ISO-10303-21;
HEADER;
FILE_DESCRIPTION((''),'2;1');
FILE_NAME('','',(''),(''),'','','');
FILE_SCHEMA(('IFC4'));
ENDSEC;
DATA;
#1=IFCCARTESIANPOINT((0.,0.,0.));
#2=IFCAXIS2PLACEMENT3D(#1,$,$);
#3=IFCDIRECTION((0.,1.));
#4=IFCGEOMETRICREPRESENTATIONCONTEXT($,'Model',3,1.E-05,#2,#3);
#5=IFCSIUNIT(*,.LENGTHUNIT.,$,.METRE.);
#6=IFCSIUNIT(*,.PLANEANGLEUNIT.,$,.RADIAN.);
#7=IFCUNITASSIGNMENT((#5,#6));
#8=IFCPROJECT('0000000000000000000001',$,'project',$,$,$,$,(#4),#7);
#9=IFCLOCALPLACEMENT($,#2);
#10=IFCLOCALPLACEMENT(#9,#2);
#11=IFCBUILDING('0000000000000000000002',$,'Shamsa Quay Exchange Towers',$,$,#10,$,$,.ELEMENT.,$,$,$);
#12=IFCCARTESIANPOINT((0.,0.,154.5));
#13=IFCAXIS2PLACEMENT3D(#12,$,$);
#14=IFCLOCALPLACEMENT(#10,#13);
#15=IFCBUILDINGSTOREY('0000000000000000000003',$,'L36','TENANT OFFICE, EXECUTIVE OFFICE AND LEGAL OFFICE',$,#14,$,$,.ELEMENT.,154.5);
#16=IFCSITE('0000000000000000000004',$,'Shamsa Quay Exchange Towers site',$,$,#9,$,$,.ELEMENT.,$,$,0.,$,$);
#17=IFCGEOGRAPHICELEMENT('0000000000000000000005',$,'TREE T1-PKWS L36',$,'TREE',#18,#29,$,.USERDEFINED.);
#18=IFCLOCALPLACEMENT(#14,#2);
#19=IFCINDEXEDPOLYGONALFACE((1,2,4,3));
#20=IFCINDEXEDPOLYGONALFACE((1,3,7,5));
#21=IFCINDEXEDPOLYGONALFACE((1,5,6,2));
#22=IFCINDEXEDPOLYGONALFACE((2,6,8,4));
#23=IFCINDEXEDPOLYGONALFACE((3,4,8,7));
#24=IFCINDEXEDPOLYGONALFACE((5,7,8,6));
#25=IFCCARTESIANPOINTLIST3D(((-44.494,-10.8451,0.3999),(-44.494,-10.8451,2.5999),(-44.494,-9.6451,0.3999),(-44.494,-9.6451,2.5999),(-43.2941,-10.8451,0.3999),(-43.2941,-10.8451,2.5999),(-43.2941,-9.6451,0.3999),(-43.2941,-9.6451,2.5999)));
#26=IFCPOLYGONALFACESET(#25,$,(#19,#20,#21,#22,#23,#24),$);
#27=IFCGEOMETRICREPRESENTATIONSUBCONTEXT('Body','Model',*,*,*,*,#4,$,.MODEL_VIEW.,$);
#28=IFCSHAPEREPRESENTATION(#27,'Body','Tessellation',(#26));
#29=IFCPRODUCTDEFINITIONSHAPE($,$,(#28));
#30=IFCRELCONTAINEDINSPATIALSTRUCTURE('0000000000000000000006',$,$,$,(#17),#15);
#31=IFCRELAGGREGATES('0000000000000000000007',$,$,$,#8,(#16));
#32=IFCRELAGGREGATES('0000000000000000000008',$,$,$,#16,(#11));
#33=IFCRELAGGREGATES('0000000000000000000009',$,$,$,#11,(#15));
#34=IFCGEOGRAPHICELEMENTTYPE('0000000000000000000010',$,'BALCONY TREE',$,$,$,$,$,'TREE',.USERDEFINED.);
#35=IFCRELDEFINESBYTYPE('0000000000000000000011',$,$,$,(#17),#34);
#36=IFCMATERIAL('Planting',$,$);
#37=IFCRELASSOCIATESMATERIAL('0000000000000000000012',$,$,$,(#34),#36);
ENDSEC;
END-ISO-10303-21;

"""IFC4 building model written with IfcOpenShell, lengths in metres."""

from ifc_helpers import new_model, si_unit, direction, frame, origin, origin_2d, place, context, subcontext, project, spatial, rectangle, extrude, material, type_object, element, save


model = new_model("IFC4")

# Units and contexts
model_context = context("Model", 3, precision=1e-05, world=origin(), true_north=direction((0.0, 1.0)))
body_context = subcontext(model_context, "Body", "Model", "MODEL_VIEW")
ifc_project = project(units=[si_unit("LENGTHUNIT", "METRE"), si_unit("PLANEANGLEUNIT", "RADIAN")], contexts=[model_context])

# Site, building, storey
site_placement = place(None, origin())
site = spatial("IfcSite", under=ifc_project, at=site_placement, Name="Shamsa Quay Exchange Towers site", CompositionType="ELEMENT", RefElevation=0.0)
building_placement = place(site_placement, origin())
building = spatial("IfcBuilding", under=site, at=building_placement, Name="Shamsa Quay Exchange Towers", CompositionType="ELEMENT")
storey_placement = place(building_placement, frame((0.0, 0.0, 154.5)))
storey = spatial("IfcBuildingStorey", under=building, at=storey_placement, Name="L36", Description="TENANT OFFICE, EXECUTIVE OFFICE AND LEGAL OFFICE", CompositionType="ELEMENT", Elevation=154.5)

# Geographic element
ifc_material_1 = material(Name="Planting")
geographic_element_type = type_object("IfcGeographicElementType", Name="BALCONY TREE", ElementType="TREE", PredefinedType="USERDEFINED", material=ifc_material_1)
geographic_element_placement = place(storey_placement, frame((-43.894, -10.2451, 0.3999)))
element("IfcGeographicElement", 1, at=geographic_element_placement, inside=storey, type_object=geographic_element_type, Name="TREE T1-PKWS L36", ObjectType="TREE", PredefinedType="USERDEFINED", context=body_context, shape_type="SweptSolid", body=[
    extrude(rectangle(XDim=1.2, YDim=1.2, at=origin_2d()), origin(), (0.0, 0.0, 1.0), 2.2),
])

save(model, "model.ifc")
